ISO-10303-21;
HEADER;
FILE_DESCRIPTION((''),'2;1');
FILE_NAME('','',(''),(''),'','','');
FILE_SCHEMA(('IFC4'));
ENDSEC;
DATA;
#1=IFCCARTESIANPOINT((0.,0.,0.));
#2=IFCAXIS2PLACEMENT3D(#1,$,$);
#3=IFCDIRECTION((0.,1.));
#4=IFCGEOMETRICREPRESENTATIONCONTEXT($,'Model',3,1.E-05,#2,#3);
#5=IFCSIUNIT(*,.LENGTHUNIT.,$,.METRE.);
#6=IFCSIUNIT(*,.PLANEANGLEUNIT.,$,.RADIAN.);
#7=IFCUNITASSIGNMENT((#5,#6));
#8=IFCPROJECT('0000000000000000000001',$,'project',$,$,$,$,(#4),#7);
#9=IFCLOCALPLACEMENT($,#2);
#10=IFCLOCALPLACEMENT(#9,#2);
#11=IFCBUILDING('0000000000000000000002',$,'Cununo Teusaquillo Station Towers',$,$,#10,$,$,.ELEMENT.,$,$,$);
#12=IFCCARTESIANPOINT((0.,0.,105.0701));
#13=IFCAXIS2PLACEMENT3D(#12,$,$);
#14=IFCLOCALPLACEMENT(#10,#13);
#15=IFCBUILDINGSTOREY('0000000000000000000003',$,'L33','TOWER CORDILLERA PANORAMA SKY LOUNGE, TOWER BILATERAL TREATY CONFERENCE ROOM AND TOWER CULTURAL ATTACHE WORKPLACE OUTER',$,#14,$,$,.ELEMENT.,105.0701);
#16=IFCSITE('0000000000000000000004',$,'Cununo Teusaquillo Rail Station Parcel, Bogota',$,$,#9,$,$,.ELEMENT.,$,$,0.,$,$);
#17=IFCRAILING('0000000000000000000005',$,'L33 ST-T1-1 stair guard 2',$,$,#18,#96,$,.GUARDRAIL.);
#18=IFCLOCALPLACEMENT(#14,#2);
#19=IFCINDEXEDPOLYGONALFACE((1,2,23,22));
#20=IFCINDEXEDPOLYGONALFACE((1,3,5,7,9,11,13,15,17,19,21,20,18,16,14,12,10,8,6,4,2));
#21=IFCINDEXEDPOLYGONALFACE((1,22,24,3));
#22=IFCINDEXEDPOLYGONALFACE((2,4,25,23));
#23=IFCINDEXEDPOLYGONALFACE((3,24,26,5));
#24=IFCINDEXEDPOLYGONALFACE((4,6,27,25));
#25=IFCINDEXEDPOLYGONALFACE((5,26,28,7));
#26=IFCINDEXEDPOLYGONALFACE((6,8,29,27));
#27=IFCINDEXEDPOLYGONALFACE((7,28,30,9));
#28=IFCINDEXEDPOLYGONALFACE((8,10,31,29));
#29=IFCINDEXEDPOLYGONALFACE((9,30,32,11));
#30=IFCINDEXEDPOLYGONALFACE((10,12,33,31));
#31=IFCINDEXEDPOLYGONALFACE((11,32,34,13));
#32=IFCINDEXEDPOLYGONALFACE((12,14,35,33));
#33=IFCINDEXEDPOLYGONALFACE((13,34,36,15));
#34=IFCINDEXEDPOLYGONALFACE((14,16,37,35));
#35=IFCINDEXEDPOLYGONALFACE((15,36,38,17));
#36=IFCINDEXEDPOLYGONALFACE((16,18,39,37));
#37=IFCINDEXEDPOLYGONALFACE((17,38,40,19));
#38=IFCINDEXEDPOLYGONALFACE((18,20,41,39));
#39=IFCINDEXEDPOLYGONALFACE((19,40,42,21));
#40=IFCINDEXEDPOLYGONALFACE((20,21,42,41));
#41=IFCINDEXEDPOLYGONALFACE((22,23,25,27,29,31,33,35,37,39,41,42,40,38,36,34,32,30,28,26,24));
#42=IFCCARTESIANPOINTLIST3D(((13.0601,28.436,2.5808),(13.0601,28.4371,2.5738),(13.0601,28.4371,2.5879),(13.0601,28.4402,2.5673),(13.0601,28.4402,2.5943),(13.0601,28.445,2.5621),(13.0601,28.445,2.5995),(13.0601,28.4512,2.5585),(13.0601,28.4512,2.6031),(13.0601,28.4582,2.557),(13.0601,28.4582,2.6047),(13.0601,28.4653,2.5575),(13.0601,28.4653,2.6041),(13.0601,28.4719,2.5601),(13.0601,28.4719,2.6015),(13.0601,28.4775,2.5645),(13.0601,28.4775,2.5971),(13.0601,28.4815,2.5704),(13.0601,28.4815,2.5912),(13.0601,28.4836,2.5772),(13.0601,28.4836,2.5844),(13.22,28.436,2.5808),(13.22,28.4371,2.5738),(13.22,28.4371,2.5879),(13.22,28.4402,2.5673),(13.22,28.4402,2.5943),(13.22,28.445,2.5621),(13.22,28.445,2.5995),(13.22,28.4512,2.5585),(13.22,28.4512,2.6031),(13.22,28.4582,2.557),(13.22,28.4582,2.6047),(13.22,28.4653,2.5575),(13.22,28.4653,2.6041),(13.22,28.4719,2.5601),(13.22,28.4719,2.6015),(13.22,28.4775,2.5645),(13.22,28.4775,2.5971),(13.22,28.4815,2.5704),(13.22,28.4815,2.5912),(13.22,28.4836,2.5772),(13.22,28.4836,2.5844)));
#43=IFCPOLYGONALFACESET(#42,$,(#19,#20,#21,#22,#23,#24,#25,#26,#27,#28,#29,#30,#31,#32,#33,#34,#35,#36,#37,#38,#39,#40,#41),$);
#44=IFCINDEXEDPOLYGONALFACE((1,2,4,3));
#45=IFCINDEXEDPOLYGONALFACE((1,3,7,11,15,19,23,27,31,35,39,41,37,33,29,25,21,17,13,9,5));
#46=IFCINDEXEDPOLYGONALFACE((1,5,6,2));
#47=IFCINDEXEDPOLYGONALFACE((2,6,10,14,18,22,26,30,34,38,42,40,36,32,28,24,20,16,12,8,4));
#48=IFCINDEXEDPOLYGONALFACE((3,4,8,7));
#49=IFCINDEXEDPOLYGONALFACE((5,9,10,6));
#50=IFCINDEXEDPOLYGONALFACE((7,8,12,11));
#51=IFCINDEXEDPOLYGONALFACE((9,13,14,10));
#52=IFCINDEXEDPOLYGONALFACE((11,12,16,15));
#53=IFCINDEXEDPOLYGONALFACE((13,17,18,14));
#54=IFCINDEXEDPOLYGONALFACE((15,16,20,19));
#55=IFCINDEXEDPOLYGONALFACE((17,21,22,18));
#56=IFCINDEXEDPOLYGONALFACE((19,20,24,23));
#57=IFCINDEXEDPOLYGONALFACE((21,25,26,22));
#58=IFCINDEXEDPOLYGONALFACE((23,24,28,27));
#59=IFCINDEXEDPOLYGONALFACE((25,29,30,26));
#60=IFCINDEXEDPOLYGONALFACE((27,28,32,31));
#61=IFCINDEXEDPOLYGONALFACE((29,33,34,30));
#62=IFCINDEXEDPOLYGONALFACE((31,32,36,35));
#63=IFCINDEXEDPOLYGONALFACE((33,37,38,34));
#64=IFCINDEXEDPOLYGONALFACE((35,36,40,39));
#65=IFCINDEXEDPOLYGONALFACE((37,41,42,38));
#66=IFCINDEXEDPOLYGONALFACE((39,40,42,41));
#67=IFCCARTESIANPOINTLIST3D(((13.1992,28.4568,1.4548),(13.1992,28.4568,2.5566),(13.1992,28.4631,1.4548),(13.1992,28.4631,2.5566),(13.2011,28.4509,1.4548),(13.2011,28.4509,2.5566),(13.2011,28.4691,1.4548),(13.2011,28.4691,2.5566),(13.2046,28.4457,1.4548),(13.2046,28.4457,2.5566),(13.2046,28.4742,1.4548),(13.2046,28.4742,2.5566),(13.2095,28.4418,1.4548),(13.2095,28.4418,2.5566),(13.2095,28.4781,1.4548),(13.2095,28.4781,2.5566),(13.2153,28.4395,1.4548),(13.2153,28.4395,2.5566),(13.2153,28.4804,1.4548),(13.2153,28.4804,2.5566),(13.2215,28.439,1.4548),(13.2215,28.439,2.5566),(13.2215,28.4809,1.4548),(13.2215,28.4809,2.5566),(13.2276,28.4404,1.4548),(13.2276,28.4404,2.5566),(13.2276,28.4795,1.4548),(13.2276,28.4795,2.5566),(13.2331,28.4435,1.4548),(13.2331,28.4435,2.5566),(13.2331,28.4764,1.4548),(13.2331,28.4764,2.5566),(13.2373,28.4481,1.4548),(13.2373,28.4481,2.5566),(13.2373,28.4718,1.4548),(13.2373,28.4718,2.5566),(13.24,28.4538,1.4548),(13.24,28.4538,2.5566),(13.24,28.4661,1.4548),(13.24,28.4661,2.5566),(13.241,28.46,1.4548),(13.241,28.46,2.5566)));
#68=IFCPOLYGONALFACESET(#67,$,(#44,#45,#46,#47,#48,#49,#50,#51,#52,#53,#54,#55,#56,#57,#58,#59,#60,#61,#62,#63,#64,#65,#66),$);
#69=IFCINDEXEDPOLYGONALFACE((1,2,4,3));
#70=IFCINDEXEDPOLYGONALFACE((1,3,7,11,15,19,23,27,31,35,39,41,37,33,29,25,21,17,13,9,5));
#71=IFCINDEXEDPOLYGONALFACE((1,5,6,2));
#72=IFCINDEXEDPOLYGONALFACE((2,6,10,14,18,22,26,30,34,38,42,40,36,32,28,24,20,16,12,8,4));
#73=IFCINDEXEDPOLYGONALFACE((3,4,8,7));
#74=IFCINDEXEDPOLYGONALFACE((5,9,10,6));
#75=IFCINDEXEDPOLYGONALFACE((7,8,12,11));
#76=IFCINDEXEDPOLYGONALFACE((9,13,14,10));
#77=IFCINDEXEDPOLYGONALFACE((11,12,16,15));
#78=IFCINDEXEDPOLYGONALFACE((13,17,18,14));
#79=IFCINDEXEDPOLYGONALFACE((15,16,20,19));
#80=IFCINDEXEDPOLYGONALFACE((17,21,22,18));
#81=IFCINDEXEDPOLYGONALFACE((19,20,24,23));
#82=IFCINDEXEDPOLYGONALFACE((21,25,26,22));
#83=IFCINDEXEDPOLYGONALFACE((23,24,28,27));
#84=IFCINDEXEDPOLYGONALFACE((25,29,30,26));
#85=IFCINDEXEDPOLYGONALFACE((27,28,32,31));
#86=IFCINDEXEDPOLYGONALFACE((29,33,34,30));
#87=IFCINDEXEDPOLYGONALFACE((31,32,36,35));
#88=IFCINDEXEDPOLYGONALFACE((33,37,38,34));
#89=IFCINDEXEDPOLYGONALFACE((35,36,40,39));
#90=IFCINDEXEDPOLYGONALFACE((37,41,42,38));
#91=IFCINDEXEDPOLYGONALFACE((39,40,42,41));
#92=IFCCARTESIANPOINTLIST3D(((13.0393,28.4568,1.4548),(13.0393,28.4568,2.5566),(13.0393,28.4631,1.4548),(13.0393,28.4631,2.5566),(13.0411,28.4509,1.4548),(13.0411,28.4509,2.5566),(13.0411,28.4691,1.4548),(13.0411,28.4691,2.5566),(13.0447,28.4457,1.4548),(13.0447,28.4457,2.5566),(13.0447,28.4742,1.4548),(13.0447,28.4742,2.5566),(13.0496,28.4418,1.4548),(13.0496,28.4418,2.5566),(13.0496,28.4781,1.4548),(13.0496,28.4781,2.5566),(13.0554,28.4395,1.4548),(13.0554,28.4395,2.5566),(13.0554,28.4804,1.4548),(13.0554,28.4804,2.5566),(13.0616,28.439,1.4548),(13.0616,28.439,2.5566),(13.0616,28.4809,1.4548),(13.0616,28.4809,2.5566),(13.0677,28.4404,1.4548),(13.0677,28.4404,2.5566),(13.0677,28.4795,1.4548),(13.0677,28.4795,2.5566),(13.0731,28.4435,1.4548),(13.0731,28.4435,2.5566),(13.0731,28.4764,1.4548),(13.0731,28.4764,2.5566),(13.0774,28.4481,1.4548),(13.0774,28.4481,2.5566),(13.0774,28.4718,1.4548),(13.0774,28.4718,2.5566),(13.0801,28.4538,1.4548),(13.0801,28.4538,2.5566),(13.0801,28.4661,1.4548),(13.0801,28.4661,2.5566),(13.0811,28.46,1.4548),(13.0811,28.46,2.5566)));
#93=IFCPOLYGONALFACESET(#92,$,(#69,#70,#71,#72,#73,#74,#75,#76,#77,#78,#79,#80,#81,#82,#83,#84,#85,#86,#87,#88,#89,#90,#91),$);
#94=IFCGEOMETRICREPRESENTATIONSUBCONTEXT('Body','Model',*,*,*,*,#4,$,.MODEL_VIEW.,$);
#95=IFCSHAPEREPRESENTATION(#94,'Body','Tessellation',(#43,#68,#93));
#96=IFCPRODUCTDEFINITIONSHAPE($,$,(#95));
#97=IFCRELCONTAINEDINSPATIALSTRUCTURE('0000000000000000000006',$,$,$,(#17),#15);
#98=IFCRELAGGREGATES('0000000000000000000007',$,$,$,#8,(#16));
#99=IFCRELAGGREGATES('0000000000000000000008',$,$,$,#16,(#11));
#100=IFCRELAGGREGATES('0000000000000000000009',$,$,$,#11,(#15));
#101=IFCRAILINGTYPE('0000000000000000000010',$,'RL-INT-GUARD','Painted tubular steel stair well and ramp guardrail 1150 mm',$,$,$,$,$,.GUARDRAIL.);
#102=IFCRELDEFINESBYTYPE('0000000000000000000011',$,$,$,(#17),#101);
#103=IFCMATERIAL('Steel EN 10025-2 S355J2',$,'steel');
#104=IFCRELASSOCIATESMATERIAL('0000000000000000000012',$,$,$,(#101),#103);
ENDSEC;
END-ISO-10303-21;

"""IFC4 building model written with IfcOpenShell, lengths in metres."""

from ifc_helpers import new_model, si_unit, direction, frame, origin, origin_2d, place, context, subcontext, project, spatial, circle, extrude, material, type_object, element, save


model = new_model("IFC4")

# Units and contexts
model_context = context("Model", 3, precision=1e-05, world=origin(), true_north=direction((0.0, 1.0)))
body_context = subcontext(model_context, "Body", "Model", "MODEL_VIEW")
ifc_project = project(units=[si_unit("LENGTHUNIT", "METRE"), si_unit("PLANEANGLEUNIT", "RADIAN")], contexts=[model_context])

# Site, building, storey
site_placement = place(None, origin())
site = spatial("IfcSite", under=ifc_project, at=site_placement, Name="Cununo Teusaquillo Rail Station Parcel, Bogota", CompositionType="ELEMENT", RefElevation=0.0)
building_placement = place(site_placement, origin())
building = spatial("IfcBuilding", under=site, at=building_placement, Name="Cununo Teusaquillo Station Towers", CompositionType="ELEMENT")
storey_placement = place(building_placement, frame((0.0, 0.0, 105.0701)))
storey = spatial("IfcBuildingStorey", under=building, at=storey_placement, Name="L33", Description="TOWER CORDILLERA PANORAMA SKY LOUNGE, TOWER BILATERAL TREATY CONFERENCE ROOM AND TOWER CULTURAL ATTACHE WORKPLACE OUTER", CompositionType="ELEMENT", Elevation=105.0701)

# Railing
ifc_material_1 = material(Name="Steel EN 10025-2 S355J2", Category="steel")
railing_type_1 = type_object("IfcRailingType", Name="RL-INT-GUARD", Description="Painted tubular steel stair well and ramp guardrail 1150 mm", PredefinedType="GUARDRAIL", material=ifc_material_1)
railing_1_placement = place(storey_placement, frame((13.22, 28.46, 1.4548)))
element("IfcRailing", 1, at=railing_1_placement, inside=storey, type_object=railing_type_1, Name="L33 ST-T1-1 stair guard 2", PredefinedType="GUARDRAIL", context=body_context, shape_type="SweptSolid", body=[
    extrude(circle(Radius=0.0239, at=origin_2d()), frame((0.0, 0.0, 1.126), z_axis=(-1.0, 0.0, 0.0), x_axis=(0.0, -1.0, 0.0)), (0.0, 0.0, 1.0), 0.1599),
    extrude(circle(Radius=0.021, at=origin_2d()), origin(), (0.0, 0.0, 1.0), 1.1018),
    extrude(circle(Radius=0.021, at=origin_2d()), frame((-0.1599, 0.0, 0.0)), (0.0, 0.0, 1.0), 1.1018),
])

save(model, "model.ifc")
